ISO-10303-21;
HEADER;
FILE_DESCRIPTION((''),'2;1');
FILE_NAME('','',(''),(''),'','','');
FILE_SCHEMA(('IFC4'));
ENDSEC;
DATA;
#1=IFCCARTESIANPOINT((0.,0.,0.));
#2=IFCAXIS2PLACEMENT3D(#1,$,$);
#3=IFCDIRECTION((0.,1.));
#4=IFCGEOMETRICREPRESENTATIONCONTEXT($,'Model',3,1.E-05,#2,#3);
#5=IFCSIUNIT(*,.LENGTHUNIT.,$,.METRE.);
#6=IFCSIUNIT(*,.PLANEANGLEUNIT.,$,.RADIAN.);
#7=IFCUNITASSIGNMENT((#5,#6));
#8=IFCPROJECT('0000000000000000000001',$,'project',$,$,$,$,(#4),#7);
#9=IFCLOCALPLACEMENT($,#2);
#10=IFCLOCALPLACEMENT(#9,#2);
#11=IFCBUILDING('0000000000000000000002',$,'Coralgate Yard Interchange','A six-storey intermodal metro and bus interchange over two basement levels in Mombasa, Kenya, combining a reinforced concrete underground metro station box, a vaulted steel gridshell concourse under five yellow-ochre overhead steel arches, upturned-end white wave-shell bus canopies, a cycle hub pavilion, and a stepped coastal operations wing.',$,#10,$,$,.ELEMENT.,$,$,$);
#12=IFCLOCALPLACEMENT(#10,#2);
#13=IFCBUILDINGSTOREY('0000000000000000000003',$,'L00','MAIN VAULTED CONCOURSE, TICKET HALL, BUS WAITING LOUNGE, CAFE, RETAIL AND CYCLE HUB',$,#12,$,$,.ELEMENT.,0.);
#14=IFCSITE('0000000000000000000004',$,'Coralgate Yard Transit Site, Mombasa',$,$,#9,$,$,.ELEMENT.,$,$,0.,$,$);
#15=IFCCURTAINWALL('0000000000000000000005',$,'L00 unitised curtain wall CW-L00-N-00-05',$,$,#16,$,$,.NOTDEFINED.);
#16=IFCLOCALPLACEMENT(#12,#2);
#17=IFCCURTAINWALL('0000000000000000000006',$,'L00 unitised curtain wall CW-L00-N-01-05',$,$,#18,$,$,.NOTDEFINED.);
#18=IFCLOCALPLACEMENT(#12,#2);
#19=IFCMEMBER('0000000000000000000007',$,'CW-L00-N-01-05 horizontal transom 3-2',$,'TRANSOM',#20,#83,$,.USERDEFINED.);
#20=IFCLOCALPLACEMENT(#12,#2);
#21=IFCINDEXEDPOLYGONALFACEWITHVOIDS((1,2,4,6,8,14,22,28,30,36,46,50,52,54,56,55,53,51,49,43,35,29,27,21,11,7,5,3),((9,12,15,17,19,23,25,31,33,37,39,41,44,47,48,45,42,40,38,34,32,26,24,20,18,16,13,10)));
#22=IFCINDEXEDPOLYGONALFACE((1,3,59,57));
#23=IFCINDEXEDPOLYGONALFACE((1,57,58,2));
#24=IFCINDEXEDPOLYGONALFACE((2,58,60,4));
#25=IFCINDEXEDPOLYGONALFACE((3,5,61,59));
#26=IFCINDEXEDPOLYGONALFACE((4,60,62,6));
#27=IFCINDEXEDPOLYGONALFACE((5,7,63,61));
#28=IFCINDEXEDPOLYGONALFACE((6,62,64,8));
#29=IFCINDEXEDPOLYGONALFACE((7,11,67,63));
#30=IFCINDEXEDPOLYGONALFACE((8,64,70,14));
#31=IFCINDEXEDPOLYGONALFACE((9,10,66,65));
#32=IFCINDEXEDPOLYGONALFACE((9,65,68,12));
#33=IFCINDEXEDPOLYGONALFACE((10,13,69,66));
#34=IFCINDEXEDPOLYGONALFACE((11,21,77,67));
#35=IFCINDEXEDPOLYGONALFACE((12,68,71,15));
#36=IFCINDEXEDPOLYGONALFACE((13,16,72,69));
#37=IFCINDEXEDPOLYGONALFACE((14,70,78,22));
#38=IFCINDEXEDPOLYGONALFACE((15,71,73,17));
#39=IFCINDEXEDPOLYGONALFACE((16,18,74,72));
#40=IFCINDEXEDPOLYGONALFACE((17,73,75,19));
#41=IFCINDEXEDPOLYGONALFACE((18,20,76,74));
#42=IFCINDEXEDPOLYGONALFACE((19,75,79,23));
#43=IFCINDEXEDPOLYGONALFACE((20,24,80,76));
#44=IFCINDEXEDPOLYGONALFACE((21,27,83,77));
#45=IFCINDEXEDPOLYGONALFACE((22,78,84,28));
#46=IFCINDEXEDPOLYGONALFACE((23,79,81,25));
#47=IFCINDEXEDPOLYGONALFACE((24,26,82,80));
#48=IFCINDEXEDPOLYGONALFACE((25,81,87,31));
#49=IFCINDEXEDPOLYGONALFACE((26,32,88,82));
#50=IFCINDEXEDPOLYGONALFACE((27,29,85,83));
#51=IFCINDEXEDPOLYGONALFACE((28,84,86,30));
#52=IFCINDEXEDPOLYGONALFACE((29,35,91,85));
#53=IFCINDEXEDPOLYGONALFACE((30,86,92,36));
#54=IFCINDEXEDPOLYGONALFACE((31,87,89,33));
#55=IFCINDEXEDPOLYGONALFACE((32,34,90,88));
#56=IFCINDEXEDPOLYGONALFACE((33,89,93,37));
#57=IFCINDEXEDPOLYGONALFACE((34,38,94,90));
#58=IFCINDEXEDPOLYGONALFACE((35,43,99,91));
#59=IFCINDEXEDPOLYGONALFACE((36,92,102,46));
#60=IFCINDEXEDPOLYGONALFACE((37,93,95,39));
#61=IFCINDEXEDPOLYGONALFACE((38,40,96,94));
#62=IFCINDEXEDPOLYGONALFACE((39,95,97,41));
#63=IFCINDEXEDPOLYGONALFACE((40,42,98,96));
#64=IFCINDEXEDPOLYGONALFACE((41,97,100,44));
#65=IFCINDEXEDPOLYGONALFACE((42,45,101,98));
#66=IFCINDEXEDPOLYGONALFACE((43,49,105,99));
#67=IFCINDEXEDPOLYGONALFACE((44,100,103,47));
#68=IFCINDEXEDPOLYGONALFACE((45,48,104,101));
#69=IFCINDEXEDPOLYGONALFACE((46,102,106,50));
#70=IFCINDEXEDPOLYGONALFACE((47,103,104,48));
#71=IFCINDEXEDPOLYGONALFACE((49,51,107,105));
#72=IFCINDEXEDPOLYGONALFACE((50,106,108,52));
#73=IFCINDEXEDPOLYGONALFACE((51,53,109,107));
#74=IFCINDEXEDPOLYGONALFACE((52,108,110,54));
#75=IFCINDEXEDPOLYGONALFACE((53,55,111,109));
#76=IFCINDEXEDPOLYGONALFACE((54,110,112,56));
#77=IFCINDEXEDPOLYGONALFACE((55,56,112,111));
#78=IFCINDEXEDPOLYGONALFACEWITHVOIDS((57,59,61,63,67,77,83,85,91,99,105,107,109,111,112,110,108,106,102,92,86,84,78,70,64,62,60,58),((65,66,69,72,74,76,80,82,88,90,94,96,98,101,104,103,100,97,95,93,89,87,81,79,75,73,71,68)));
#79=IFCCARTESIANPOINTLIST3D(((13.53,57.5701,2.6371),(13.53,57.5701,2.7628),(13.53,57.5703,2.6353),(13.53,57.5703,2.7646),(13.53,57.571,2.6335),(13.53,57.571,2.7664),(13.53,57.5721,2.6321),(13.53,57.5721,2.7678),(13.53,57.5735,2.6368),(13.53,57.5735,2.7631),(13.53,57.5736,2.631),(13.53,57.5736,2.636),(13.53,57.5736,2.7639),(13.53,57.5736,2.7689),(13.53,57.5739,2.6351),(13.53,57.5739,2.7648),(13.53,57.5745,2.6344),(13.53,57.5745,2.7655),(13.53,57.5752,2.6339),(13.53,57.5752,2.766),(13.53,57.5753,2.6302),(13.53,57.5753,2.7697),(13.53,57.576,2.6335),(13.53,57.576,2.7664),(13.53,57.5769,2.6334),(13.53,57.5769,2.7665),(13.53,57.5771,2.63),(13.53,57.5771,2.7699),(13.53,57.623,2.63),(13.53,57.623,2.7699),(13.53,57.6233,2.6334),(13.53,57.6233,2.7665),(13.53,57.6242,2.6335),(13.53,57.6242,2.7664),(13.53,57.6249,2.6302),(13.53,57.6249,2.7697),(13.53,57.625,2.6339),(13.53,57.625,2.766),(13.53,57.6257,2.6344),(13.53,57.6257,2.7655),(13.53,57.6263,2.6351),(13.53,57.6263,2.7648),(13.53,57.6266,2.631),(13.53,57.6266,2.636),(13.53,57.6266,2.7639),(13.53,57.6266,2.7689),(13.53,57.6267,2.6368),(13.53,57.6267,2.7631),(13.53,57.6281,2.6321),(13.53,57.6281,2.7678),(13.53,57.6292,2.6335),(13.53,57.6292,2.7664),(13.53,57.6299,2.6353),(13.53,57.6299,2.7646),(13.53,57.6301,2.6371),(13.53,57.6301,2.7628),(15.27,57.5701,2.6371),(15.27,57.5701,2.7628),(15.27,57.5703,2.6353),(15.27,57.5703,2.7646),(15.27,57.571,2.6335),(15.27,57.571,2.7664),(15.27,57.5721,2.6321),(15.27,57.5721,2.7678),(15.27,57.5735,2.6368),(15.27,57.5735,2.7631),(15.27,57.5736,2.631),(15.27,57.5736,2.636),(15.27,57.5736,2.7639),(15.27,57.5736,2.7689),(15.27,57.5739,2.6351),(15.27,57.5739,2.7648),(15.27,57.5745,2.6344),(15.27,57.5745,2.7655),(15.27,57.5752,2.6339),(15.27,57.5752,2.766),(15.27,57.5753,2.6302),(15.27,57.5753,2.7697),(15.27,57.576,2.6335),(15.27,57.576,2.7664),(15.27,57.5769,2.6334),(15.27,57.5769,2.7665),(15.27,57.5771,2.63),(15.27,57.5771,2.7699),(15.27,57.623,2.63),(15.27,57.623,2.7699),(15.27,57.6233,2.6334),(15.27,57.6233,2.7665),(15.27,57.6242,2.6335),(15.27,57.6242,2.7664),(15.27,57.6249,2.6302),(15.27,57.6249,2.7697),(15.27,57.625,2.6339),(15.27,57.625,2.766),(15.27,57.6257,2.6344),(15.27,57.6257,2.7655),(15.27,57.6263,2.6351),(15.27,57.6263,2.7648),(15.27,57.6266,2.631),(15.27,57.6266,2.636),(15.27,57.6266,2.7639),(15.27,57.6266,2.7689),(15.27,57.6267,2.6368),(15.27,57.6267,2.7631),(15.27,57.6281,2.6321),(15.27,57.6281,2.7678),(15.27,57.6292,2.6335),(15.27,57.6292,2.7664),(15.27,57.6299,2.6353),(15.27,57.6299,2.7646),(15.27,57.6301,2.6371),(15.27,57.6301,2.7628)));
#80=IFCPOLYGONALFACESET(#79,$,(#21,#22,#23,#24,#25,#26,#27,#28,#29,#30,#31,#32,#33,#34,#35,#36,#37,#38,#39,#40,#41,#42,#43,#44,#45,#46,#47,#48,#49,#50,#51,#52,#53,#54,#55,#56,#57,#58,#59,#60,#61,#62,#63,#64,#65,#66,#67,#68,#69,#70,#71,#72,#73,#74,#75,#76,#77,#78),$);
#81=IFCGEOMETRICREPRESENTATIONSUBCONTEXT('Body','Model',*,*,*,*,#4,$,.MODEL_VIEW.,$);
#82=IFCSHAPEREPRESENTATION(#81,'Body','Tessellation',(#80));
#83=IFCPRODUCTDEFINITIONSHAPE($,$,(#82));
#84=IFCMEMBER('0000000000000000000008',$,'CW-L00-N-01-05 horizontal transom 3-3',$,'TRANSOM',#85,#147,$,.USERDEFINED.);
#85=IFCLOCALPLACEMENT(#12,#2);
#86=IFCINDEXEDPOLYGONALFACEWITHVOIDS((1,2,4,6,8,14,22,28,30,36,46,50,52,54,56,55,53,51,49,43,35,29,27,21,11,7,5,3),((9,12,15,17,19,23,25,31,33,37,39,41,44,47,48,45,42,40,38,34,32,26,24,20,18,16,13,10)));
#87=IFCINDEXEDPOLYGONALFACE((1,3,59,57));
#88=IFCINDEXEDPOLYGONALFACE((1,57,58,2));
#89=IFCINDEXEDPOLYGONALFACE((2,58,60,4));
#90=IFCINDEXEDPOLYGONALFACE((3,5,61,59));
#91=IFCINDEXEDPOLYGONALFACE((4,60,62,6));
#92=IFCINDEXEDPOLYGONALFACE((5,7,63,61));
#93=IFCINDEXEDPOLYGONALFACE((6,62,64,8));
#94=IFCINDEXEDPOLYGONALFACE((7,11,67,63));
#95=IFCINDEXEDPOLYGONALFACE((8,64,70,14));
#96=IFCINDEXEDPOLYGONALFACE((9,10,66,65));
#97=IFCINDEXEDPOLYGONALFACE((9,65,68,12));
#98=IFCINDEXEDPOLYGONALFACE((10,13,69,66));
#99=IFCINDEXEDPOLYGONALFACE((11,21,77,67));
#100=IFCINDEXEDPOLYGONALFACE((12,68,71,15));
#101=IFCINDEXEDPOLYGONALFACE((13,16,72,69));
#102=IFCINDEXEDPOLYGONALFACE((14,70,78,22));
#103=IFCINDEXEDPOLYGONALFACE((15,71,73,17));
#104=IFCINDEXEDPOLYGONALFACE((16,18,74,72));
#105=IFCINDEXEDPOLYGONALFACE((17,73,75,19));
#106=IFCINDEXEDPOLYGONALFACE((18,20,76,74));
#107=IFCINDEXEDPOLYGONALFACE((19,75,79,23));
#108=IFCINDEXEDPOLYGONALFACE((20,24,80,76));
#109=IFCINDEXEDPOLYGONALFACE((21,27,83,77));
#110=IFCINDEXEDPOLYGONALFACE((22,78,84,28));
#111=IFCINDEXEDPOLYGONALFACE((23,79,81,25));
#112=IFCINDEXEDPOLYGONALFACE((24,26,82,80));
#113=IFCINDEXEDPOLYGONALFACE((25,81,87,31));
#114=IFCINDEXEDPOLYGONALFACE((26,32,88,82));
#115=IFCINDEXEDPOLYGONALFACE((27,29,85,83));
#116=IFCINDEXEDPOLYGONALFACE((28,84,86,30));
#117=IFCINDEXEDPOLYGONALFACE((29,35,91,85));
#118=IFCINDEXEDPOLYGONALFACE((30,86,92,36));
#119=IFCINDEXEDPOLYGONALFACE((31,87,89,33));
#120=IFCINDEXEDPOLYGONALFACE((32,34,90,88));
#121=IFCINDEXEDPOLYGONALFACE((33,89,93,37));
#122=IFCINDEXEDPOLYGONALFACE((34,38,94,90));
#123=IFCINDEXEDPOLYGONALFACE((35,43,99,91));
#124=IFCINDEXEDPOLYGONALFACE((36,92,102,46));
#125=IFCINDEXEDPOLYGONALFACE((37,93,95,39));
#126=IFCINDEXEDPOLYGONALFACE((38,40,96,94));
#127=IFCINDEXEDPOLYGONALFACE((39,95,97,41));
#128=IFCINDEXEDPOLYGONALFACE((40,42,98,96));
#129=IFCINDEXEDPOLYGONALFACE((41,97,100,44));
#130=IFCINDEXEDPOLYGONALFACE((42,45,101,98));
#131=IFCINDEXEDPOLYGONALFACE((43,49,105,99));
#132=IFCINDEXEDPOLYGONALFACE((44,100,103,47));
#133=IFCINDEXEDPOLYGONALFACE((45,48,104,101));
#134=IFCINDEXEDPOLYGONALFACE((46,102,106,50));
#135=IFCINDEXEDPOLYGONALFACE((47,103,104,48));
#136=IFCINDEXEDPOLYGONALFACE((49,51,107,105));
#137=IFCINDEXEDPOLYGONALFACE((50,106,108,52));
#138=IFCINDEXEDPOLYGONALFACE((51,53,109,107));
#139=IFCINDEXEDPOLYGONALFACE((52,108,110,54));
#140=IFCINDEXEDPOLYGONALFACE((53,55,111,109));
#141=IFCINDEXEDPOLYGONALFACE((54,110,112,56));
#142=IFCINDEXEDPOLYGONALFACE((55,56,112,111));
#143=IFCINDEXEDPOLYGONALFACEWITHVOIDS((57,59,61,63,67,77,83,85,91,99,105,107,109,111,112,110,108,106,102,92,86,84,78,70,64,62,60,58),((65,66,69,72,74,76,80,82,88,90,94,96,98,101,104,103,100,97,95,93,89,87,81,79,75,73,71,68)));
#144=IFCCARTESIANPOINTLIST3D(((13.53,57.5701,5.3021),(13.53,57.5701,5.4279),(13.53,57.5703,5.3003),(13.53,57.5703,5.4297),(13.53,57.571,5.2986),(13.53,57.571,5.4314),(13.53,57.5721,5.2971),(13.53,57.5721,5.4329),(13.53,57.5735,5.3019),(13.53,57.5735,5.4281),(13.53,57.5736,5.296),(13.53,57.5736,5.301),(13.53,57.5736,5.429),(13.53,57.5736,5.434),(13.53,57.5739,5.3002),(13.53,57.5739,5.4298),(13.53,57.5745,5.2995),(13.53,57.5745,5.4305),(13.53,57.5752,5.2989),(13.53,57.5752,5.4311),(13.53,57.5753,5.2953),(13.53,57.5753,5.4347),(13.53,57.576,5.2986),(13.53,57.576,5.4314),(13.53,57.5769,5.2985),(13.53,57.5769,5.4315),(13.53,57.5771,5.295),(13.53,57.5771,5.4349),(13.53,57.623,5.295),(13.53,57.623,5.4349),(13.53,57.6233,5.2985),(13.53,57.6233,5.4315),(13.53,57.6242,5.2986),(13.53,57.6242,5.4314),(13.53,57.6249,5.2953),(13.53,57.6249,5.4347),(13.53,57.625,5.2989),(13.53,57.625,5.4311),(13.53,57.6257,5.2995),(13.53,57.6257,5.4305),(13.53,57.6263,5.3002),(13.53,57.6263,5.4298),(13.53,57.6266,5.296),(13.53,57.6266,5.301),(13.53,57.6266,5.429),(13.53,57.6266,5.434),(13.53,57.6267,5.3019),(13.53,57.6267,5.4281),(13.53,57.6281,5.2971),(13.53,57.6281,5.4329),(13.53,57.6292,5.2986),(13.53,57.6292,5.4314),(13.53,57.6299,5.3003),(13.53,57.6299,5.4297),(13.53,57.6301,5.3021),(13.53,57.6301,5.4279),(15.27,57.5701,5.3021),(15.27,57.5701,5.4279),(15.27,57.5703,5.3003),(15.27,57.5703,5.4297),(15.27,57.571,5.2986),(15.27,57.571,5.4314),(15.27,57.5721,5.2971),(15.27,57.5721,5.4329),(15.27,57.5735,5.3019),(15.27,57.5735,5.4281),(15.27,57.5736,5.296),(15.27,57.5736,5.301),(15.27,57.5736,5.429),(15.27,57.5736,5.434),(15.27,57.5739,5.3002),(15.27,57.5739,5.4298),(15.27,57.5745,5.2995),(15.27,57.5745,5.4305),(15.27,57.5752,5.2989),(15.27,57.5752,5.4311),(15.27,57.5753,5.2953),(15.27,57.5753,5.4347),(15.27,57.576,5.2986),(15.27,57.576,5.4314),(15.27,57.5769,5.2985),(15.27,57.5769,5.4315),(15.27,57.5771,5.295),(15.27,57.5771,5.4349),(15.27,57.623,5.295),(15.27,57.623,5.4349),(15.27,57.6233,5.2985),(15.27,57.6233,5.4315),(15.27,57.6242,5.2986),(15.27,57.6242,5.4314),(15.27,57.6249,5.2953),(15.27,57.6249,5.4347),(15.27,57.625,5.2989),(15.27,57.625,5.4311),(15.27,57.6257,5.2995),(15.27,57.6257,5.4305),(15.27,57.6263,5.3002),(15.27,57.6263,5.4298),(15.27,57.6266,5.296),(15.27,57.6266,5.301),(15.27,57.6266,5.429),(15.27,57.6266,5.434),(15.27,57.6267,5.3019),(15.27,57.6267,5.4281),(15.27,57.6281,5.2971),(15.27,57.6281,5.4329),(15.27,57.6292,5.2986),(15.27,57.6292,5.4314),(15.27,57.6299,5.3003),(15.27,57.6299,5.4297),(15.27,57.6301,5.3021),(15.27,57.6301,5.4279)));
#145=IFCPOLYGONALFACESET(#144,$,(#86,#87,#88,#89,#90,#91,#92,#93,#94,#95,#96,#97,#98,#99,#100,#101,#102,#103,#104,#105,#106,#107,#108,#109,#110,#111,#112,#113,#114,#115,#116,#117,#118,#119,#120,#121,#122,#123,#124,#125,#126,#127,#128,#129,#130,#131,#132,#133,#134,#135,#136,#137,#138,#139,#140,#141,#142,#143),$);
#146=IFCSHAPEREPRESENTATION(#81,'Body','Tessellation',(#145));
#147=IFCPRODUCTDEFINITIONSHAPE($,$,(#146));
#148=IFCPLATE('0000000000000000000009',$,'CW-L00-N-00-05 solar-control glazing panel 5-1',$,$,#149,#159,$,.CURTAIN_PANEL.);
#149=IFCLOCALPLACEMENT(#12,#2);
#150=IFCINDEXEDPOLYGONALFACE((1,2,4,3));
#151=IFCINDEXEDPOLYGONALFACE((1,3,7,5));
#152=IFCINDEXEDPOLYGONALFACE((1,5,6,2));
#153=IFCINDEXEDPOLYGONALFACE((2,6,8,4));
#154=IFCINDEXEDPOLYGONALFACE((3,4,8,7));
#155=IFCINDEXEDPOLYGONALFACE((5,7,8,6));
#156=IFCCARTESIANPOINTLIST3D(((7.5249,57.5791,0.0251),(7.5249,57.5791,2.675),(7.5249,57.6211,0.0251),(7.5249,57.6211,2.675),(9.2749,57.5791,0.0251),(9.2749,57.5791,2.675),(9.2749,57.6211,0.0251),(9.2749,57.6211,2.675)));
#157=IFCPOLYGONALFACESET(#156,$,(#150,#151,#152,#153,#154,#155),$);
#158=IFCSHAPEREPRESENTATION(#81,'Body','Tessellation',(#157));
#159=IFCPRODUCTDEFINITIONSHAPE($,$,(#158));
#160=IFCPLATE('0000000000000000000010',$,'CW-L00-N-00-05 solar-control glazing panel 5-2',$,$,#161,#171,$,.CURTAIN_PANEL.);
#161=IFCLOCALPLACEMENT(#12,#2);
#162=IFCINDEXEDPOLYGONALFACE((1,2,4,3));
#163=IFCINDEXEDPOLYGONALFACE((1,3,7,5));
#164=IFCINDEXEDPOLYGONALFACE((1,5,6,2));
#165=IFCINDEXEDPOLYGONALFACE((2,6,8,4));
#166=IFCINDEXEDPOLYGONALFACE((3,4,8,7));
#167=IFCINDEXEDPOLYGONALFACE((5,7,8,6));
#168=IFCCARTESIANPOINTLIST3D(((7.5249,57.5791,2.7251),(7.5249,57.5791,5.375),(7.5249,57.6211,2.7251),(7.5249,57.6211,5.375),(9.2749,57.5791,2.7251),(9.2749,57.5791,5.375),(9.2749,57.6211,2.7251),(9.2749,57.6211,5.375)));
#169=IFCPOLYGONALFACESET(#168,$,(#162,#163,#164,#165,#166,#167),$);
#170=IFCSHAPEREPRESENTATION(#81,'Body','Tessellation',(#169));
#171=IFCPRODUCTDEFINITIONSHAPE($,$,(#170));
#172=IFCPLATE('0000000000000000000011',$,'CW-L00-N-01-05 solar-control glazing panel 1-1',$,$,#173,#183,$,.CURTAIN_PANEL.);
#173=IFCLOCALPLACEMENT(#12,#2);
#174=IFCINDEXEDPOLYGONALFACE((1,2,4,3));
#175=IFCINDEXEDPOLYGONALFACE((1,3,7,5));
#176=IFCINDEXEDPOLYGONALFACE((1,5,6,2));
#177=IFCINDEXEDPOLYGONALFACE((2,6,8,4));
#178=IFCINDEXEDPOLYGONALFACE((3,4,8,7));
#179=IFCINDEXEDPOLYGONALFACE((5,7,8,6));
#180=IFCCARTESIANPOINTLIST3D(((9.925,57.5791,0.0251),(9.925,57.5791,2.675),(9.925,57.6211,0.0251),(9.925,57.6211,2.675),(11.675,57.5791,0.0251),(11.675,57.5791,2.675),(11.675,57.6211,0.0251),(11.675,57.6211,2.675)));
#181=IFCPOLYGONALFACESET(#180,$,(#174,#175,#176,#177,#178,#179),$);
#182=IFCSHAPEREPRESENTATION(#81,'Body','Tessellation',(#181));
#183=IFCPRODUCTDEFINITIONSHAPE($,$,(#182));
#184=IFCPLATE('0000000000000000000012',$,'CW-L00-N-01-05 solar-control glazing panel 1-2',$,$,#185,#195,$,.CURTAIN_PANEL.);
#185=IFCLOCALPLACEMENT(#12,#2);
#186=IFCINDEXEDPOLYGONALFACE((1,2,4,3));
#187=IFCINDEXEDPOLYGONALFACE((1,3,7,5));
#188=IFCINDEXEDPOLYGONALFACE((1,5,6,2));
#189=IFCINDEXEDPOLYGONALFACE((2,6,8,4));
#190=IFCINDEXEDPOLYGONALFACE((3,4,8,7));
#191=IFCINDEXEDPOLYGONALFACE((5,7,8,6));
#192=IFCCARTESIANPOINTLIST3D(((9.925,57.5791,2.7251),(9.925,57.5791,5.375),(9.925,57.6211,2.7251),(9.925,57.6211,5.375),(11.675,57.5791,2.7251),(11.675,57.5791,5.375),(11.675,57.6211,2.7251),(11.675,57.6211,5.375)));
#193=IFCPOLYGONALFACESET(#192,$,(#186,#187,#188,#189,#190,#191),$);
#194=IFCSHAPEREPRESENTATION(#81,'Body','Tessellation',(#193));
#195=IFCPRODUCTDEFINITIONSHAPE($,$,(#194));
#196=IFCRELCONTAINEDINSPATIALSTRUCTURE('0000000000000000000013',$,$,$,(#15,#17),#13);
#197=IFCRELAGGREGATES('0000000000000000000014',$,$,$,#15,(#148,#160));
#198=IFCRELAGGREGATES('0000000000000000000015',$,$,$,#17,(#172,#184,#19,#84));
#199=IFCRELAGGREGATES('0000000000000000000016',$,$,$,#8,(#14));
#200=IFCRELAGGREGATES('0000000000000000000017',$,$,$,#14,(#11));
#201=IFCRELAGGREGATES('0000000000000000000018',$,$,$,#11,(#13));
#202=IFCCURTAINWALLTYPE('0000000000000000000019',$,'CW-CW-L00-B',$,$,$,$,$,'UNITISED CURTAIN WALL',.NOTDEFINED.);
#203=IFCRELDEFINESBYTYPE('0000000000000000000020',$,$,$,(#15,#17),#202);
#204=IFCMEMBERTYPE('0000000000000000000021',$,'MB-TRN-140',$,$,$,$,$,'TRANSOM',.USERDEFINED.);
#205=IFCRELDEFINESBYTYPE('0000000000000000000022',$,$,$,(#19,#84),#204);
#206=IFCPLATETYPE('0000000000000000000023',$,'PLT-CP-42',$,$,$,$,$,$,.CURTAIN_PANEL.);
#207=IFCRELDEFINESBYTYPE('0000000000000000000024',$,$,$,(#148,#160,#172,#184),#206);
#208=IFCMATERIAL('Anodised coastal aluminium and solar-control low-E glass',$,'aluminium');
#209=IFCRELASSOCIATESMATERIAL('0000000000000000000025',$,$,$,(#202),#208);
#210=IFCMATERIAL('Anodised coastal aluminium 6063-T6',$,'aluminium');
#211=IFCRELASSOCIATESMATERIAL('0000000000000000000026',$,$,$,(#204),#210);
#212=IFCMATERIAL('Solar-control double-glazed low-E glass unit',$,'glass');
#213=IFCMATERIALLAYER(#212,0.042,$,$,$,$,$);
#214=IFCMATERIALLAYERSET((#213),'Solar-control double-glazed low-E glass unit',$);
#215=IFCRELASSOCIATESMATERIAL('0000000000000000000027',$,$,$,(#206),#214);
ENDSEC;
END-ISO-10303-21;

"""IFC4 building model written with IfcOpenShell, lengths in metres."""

from ifc_helpers import new_model, si_unit, direction, frame, origin, origin_2d, place, context, subcontext, project, spatial, rectangle, hollow_rectangle, extrude, material, layer, layer_set, material_profile, profile_set, type_object, element, aggregate, save


model = new_model("IFC4")

# Units and contexts
model_context = context("Model", 3, precision=1e-05, world=origin(), true_north=direction((0.0, 1.0)))
body_context = subcontext(model_context, "Body", "Model", "MODEL_VIEW")
ifc_project = project(units=[si_unit("LENGTHUNIT", "METRE"), si_unit("PLANEANGLEUNIT", "RADIAN")], contexts=[model_context])

# Site, building, storey
site_placement = place(None, origin())
site = spatial("IfcSite", under=ifc_project, at=site_placement, Name="Coralgate Yard Transit Site, Mombasa", CompositionType="ELEMENT", RefElevation=0.0)
building_placement = place(site_placement, origin())
building = spatial("IfcBuilding", under=site, at=building_placement, Name="Coralgate Yard Interchange", Description="A six-storey intermodal metro and bus interchange over two basement levels in Mombasa, Kenya, combining a reinforced concrete underground metro station box, a vaulted steel gridshell concourse under five yellow-ochre overhead steel arches, upturned-end white wave-shell bus canopies, a cycle hub pavilion, and a stepped coastal operations wing.", CompositionType="ELEMENT")
storey_placement = place(building_placement, origin())
storey = spatial("IfcBuildingStorey", under=building, at=storey_placement, Name="L00", Description="MAIN VAULTED CONCOURSE, TICKET HALL, BUS WAITING LOUNGE, CAFE, RETAIL AND CYCLE HUB", CompositionType="ELEMENT", Elevation=0.0)

# Curtain wall
ifc_material_1 = material(Name="Anodised coastal aluminium and solar-control low-E glass", Category="aluminium")
curtain_wall_type = type_object("IfcCurtainWallType", Name="CW-CW-L00-B", ElementType="UNITISED CURTAIN WALL", PredefinedType="NOTDEFINED", material=ifc_material_1)
curtain_wall_1_placement = place(storey_placement, origin())
curtain_wall_1 = element("IfcCurtainWall", 1, at=curtain_wall_1_placement, inside=storey, type_object=curtain_wall_type, Name="L00 unitised curtain wall CW-L00-N-00-05", PredefinedType="NOTDEFINED")
ifc_material_2 = material(Name="Anodised coastal aluminium 6063-T6", Category="aluminium")

# Curtain wall
curtain_wall_2_placement = place(storey_placement, origin())
curtain_wall_2 = element("IfcCurtainWall", 2, at=curtain_wall_2_placement, inside=storey, type_object=curtain_wall_type, Name="L00 unitised curtain wall CW-L00-N-01-05", PredefinedType="NOTDEFINED")

# Members
ifc_material_profile_1 = material_profile(ifc_material_2, hollow_rectangle(XDim=0.0601, YDim=0.1399, WallThickness=0.0034, InnerFilletRadius=0.0034, OuterFilletRadius=0.0071, at=origin_2d()), Name="ALU 60x140x3.5")
ifc_profile_set_1 = profile_set([ifc_material_profile_1], Name="Anodised coastal aluminium 6063-T6")
member_type_1 = type_object("IfcMemberType", Name="MB-TRN-140", ElementType="TRANSOM", PredefinedType="USERDEFINED", material=ifc_profile_set_1)
member_1_placement = place(storey_placement, frame((13.53, 57.6001, 2.7), z_axis=(1.0, 0.0, 0.0), x_axis=(0.0, 1.0, 0.0)))
member_1 = element("IfcMember", 3, at=member_1_placement, type_object=member_type_1, Name="CW-L00-N-01-05 horizontal transom 3-2", ObjectType="TRANSOM", PredefinedType="USERDEFINED", context=body_context, shape_type="SweptSolid", body=[
    extrude(hollow_rectangle(XDim=0.0601, YDim=0.1399, WallThickness=0.0034, InnerFilletRadius=0.0034, OuterFilletRadius=0.0071, at=origin_2d()), origin(), (0.0, 0.0, 1.0), 1.74),
])
member_2_placement = place(storey_placement, frame((13.53, 57.6001, 5.365), z_axis=(1.0, 0.0, 0.0), x_axis=(0.0, 1.0, 0.0)))
member_2 = element("IfcMember", 4, at=member_2_placement, type_object=member_type_1, Name="CW-L00-N-01-05 horizontal transom 3-3", ObjectType="TRANSOM", PredefinedType="USERDEFINED", context=body_context, shape_type="SweptSolid", body=[
    extrude(hollow_rectangle(XDim=0.0601, YDim=0.1399, WallThickness=0.0034, InnerFilletRadius=0.0034, OuterFilletRadius=0.0071, at=origin_2d()), origin(), (0.0, 0.0, 1.0), 1.74),
])

# Plates
ifc_material_3 = material(Name="Solar-control double-glazed low-E glass unit", Category="glass")
ifc_layer = layer(ifc_material_3, 0.042)
ifc_layer_set = layer_set([ifc_layer], Name="Solar-control double-glazed low-E glass unit")
plate_type = type_object("IfcPlateType", Name="PLT-CP-42", PredefinedType="CURTAIN_PANEL", material=ifc_layer_set)
plate_1_placement = place(storey_placement, frame((8.3999, 57.6001, 0.0251), z_axis=(0.0, 0.0, 1.0), x_axis=(1.0, 0.0, 0.0)))
plate_1 = element("IfcPlate", 5, at=plate_1_placement, type_object=plate_type, Name="CW-L00-N-00-05 solar-control glazing panel 5-1", PredefinedType="CURTAIN_PANEL", context=body_context, shape_type="SweptSolid", body=[
    extrude(rectangle(XDim=1.75, YDim=0.042, at=origin_2d()), origin(), (0.0, 0.0, 1.0), 2.6499),
])
plate_2_placement = place(storey_placement, frame((8.3999, 57.6001, 2.7251), z_axis=(0.0, 0.0, 1.0), x_axis=(1.0, 0.0, 0.0)))
plate_2 = element("IfcPlate", 6, at=plate_2_placement, type_object=plate_type, Name="CW-L00-N-00-05 solar-control glazing panel 5-2", PredefinedType="CURTAIN_PANEL", context=body_context, shape_type="SweptSolid", body=[
    extrude(rectangle(XDim=1.75, YDim=0.042, at=origin_2d()), origin(), (0.0, 0.0, 1.0), 2.6499),
])
aggregate(curtain_wall_1, [plate_1, plate_2])
plate_3_placement = place(storey_placement, frame((10.8, 57.6001, 0.0251), z_axis=(0.0, 0.0, 1.0), x_axis=(1.0, 0.0, 0.0)))
plate_3 = element("IfcPlate", 7, at=plate_3_placement, type_object=plate_type, Name="CW-L00-N-01-05 solar-control glazing panel 1-1", PredefinedType="CURTAIN_PANEL", context=body_context, shape_type="SweptSolid", body=[
    extrude(rectangle(XDim=1.75, YDim=0.042, at=origin_2d()), origin(), (0.0, 0.0, 1.0), 2.6499),
])
plate_4_placement = place(storey_placement, frame((10.8, 57.6001, 2.7251), z_axis=(0.0, 0.0, 1.0), x_axis=(1.0, 0.0, 0.0)))
plate_4 = element("IfcPlate", 8, at=plate_4_placement, type_object=plate_type, Name="CW-L00-N-01-05 solar-control glazing panel 1-2", PredefinedType="CURTAIN_PANEL", context=body_context, shape_type="SweptSolid", body=[
    extrude(rectangle(XDim=1.75, YDim=0.042, at=origin_2d()), origin(), (0.0, 0.0, 1.0), 2.6499),
])
aggregate(curtain_wall_2, [plate_3, plate_4, member_1, member_2])

save(model, "model.ifc")
